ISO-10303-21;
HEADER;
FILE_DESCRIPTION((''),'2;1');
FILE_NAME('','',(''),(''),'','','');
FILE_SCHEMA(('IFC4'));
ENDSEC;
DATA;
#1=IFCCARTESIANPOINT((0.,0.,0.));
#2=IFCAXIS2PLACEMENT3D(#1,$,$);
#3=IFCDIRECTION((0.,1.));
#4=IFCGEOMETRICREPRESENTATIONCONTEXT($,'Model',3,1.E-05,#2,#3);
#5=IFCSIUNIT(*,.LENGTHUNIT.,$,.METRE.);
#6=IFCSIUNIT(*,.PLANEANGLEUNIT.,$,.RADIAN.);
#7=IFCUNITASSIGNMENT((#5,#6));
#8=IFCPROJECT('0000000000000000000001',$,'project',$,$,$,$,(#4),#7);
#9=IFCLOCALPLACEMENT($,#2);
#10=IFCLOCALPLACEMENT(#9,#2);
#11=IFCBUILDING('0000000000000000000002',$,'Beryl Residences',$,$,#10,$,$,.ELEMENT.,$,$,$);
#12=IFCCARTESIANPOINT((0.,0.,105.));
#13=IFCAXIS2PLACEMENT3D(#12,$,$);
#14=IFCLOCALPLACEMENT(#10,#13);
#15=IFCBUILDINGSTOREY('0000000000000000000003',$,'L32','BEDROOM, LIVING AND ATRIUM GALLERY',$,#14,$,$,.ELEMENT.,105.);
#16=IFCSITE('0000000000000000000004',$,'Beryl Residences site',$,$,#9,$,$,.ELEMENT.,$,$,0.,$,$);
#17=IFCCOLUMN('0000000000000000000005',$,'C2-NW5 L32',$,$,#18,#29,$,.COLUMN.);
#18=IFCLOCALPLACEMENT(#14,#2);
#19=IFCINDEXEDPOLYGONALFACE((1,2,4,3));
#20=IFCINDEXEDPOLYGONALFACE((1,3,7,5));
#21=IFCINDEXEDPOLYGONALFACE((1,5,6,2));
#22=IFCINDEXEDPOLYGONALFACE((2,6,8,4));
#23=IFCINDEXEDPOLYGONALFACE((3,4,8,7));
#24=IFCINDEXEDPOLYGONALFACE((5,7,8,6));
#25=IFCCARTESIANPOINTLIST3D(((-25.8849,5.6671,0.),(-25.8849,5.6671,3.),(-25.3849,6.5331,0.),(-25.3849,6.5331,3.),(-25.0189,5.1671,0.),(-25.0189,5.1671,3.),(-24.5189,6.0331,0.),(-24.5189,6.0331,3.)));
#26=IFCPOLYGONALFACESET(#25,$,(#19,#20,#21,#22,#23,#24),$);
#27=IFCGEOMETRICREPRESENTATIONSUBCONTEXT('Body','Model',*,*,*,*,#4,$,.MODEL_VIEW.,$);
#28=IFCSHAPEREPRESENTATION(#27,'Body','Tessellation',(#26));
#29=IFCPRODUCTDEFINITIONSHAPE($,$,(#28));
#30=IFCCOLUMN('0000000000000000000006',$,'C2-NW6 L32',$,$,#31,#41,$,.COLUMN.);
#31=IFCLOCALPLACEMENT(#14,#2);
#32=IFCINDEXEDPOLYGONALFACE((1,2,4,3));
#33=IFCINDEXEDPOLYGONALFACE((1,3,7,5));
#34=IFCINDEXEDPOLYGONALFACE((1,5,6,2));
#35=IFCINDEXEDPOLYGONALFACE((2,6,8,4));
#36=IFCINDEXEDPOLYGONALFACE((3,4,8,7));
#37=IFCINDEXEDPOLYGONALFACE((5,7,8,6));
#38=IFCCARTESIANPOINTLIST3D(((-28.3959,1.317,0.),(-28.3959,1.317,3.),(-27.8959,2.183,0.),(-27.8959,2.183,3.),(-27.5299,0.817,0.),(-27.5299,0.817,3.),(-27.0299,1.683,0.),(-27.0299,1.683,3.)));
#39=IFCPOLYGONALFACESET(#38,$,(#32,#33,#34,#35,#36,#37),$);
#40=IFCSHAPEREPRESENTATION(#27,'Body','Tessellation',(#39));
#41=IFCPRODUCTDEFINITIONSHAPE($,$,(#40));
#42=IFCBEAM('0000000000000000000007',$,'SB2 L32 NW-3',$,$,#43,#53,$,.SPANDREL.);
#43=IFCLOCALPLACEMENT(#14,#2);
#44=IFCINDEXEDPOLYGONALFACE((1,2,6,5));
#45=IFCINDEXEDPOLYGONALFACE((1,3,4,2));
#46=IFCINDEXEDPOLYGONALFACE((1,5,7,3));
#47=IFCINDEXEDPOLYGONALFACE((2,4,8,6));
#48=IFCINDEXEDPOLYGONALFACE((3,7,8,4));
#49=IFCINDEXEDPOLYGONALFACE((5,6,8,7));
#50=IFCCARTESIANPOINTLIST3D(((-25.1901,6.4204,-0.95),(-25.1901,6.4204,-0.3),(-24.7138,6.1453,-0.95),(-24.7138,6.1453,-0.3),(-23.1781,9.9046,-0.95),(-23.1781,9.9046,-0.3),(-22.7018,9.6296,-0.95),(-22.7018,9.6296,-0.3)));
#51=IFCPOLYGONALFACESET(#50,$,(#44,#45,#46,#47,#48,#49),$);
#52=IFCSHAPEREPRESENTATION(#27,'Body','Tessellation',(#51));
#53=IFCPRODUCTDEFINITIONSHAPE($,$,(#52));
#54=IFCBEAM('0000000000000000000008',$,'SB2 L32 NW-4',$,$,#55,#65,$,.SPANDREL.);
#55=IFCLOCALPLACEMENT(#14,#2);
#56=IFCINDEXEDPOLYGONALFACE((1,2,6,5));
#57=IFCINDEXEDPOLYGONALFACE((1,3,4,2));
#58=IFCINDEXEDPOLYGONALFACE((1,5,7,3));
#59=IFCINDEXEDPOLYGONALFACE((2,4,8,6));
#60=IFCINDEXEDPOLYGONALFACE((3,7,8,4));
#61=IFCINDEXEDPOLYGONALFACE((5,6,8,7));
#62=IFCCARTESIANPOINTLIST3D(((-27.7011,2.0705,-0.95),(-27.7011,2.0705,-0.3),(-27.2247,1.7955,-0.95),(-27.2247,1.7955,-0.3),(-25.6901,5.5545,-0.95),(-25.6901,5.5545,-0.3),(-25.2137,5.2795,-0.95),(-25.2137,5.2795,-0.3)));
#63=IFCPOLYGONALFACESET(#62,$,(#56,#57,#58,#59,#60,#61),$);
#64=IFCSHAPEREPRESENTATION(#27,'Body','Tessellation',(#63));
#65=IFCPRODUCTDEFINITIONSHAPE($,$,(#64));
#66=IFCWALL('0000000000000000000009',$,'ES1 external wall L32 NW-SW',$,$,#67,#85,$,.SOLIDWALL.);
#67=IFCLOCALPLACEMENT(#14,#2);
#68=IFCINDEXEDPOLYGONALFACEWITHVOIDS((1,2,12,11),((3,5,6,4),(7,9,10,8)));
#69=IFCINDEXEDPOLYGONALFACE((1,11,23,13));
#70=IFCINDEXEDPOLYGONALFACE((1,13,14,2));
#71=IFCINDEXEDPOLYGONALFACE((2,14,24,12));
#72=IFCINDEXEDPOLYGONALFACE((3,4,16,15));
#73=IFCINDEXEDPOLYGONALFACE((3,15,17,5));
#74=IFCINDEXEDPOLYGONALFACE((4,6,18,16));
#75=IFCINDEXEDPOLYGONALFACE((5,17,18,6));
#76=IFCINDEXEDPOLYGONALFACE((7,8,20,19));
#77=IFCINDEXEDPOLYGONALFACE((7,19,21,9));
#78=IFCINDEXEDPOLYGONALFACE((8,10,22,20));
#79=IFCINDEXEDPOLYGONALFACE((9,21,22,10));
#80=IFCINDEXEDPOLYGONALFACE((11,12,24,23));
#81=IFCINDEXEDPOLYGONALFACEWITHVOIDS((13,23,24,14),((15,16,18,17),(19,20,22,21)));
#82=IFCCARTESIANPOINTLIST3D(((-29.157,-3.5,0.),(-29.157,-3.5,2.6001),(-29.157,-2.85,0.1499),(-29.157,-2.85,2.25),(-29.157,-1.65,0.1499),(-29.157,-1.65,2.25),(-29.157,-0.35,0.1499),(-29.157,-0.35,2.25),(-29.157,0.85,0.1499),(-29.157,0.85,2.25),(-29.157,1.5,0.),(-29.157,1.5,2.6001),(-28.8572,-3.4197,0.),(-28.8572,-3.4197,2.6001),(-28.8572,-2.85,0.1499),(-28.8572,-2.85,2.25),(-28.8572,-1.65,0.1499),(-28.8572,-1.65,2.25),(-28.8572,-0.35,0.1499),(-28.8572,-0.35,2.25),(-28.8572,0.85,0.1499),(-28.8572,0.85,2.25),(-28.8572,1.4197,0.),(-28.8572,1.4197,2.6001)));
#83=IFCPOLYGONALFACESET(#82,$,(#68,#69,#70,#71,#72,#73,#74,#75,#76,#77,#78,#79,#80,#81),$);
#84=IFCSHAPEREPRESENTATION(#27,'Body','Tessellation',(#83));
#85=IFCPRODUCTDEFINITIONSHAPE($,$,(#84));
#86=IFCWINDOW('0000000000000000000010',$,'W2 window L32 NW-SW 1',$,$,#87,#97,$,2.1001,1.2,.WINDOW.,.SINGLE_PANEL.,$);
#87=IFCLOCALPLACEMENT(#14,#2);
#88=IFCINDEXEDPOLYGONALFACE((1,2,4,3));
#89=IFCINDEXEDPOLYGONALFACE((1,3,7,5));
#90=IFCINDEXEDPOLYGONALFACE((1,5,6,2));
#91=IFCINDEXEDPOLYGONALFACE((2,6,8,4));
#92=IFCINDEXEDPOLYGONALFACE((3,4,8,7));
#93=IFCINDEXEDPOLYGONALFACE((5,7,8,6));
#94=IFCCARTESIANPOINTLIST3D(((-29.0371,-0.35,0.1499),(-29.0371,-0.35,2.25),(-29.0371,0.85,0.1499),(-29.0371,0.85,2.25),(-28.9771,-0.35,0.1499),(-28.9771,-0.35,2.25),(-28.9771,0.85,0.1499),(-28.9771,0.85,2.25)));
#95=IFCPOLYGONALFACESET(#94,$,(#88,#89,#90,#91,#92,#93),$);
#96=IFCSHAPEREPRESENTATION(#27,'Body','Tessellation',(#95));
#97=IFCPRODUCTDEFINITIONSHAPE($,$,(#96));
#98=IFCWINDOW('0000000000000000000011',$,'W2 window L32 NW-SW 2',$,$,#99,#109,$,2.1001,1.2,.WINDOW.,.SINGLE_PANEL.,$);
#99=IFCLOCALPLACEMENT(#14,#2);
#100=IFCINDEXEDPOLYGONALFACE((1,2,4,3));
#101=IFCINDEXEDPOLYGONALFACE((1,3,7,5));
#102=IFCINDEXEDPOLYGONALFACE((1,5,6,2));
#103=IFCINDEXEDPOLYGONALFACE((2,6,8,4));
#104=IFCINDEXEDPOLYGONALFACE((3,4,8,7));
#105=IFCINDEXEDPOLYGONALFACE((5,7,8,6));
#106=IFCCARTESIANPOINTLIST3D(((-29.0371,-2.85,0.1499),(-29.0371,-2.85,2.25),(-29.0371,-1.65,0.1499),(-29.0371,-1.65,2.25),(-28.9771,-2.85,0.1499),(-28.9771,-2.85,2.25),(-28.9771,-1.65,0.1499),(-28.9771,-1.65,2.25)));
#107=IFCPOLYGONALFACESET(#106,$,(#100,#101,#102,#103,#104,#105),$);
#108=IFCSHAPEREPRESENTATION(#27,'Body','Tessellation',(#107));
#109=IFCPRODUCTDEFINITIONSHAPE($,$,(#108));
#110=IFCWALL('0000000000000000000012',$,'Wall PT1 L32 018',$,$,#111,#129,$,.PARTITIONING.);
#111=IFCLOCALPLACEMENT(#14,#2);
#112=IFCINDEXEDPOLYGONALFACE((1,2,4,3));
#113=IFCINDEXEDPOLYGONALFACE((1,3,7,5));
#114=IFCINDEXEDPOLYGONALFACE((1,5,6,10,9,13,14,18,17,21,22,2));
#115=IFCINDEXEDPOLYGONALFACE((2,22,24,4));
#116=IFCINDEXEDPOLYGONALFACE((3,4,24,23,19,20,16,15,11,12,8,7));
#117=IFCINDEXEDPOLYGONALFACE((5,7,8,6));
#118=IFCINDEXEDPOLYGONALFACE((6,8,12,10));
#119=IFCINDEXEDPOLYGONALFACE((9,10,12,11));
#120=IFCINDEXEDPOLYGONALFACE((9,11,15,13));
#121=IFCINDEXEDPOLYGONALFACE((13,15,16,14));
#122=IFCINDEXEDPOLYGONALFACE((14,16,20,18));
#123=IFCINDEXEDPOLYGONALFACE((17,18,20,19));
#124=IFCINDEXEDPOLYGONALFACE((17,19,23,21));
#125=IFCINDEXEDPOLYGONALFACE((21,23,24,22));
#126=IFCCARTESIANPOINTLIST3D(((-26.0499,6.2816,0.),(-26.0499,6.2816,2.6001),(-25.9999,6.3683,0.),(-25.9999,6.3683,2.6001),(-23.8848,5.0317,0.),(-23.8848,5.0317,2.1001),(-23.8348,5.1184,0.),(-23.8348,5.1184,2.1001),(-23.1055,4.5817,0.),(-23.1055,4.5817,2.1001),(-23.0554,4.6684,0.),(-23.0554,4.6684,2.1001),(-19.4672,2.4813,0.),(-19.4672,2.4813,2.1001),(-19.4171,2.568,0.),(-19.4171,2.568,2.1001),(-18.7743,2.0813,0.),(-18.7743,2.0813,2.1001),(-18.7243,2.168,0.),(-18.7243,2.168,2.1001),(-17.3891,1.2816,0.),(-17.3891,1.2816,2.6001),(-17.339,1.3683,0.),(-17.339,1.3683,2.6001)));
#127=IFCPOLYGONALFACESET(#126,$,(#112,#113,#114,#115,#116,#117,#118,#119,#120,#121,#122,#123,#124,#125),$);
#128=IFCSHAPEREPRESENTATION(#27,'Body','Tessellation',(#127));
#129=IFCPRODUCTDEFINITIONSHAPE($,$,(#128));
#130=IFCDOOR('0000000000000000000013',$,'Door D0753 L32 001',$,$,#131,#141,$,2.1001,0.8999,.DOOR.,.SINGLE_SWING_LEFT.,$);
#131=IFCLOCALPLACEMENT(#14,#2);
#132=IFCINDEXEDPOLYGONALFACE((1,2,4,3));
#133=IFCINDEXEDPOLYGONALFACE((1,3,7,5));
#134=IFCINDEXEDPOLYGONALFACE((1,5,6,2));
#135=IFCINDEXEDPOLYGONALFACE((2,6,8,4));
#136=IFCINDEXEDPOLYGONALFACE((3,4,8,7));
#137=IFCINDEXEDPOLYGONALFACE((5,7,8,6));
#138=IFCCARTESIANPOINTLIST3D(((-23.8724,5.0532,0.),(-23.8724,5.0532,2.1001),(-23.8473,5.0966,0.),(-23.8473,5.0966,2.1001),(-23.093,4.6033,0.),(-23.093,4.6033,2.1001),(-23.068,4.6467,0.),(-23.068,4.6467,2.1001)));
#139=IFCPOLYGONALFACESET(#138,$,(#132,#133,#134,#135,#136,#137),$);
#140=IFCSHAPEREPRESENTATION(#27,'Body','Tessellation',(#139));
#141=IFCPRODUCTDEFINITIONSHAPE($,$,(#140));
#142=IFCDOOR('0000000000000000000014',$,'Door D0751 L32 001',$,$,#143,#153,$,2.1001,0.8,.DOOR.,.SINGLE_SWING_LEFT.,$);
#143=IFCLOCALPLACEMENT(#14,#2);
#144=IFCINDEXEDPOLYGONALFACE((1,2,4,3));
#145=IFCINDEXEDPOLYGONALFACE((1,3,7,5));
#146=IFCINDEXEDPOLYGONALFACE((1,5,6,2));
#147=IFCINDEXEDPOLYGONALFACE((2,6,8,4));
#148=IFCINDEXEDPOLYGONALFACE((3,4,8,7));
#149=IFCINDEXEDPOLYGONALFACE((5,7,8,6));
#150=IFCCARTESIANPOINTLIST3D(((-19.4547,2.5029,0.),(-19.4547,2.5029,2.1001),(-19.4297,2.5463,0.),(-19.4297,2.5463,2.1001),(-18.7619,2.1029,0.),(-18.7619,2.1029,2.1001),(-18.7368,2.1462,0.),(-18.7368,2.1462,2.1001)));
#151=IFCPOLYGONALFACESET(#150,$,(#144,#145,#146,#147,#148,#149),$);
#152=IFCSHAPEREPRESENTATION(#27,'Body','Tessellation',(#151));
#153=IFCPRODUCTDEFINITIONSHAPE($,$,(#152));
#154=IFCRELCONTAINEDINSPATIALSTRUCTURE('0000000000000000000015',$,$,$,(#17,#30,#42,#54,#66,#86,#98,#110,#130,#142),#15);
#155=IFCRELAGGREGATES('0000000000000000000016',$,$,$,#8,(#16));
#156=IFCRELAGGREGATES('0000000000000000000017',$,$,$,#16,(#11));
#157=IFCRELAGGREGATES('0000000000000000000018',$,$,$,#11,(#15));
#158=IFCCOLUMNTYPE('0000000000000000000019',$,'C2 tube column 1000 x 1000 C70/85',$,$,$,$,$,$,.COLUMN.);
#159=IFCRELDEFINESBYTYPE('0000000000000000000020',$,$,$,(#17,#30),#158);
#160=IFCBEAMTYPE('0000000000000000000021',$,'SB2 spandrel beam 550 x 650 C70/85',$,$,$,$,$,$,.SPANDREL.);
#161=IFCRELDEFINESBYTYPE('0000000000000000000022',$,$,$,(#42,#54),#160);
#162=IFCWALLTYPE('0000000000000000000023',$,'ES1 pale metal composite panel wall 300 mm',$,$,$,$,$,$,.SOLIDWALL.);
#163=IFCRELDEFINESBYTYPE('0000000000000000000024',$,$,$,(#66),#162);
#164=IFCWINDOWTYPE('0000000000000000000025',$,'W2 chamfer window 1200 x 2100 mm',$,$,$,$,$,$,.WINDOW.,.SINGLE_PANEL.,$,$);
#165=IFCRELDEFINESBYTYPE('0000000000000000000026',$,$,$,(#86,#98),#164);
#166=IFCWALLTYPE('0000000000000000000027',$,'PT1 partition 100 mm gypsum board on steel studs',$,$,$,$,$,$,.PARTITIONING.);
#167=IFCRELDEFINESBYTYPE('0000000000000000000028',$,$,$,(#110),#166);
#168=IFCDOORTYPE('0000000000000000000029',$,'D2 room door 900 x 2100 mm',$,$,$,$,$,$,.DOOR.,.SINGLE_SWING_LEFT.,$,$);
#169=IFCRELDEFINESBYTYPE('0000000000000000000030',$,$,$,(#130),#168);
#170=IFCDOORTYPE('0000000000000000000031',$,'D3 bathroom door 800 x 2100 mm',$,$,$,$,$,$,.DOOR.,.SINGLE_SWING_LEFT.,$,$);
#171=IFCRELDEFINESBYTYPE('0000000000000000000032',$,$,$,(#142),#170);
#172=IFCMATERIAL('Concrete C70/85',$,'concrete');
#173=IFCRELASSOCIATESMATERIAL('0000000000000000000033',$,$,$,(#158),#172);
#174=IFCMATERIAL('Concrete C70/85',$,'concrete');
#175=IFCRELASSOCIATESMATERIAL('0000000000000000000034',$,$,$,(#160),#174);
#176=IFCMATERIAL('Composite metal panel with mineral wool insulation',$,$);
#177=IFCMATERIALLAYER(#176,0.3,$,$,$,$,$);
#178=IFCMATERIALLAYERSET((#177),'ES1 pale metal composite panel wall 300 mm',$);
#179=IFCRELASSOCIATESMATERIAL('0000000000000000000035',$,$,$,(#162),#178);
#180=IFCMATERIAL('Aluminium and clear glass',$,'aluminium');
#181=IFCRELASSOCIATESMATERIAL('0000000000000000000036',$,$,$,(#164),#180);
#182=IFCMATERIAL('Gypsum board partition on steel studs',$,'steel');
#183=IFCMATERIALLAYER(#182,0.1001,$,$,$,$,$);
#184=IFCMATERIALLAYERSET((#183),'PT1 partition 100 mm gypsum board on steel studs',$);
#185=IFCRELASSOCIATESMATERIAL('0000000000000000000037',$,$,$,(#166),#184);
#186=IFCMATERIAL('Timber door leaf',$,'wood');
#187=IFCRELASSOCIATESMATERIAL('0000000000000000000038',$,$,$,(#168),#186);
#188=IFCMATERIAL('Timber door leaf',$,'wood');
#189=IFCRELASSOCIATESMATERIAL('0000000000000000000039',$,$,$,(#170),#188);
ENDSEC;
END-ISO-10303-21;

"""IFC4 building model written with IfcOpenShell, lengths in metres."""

from ifc_helpers import new_model, si_unit, direction, frame, frame_2d, origin, origin_2d, place, context, subcontext, project, spatial, polyline, rectangle, outline, extrude, material, layer, layer_set, material_profile, profile_set, type_object, element, fill, save


model = new_model("IFC4")

# Units and contexts
model_context = context("Model", 3, precision=1e-05, world=origin(), true_north=direction((0.0, 1.0)))
body_context = subcontext(model_context, "Body", "Model", "MODEL_VIEW")
ifc_project = project(units=[si_unit("LENGTHUNIT", "METRE"), si_unit("PLANEANGLEUNIT", "RADIAN")], contexts=[model_context])

# Site, building, storey
site_placement = place(None, origin())
site = spatial("IfcSite", under=ifc_project, at=site_placement, Name="Beryl Residences site", CompositionType="ELEMENT", RefElevation=0.0)
building_placement = place(site_placement, origin())
building = spatial("IfcBuilding", under=site, at=building_placement, Name="Beryl Residences", CompositionType="ELEMENT")
storey_placement = place(building_placement, frame((0.0, 0.0, 105.0)))
storey = spatial("IfcBuildingStorey", under=building, at=storey_placement, Name="L32", Description="BEDROOM, LIVING AND ATRIUM GALLERY", CompositionType="ELEMENT", Elevation=105.0)

# Columns
ifc_material_1 = material(Name="Concrete C70/85", Category="concrete")
ifc_material_profile_1 = material_profile(ifc_material_1, rectangle(XDim=1.0, YDim=1.0, at=origin_2d()))
ifc_profile_set_1 = profile_set([ifc_material_profile_1], Name="Concrete C70/85")
column_type = type_object("IfcColumnType", Name="C2 tube column 1000 x 1000 C70/85", PredefinedType="COLUMN", material=ifc_profile_set_1)
for number, where, z_axis, x_axis, name in (
    (1, (-25.2019, 5.8501, 0.0), (0.0, 0.0, 1.0), (-0.5, -0.866025, 0.0), "C2-NW5 L32"),
    (2, (-27.7129, 1.5, 0.0), (0.0, 0.0, 1.0), (-0.5, -0.866025, 0.0), "C2-NW6 L32"),
):
    element("IfcColumn", number, at=place(storey_placement, frame(where, z_axis=z_axis, x_axis=x_axis)), inside=storey, type_object=column_type, Name=name, PredefinedType="COLUMN", context=body_context, shape_type="SweptSolid", body=[
        extrude(rectangle(XDim=1.0, YDim=1.0, at=origin_2d()), origin(), (0.0, 0.0, 1.0), 3.0),
    ])

# Beams
ifc_material_2 = material(Name="Concrete C70/85", Category="concrete")
ifc_material_profile_2 = material_profile(ifc_material_2, rectangle(XDim=0.55, YDim=0.6499, at=origin_2d()))
ifc_profile_set_2 = profile_set([ifc_material_profile_2], Name="Concrete C70/85")
beam_type = type_object("IfcBeamType", Name="SB2 spandrel beam 550 x 650 C70/85", PredefinedType="SPANDREL", material=ifc_profile_set_2)
beam_1_placement = place(storey_placement, frame((-22.9399, 9.7671, -0.625), z_axis=(-0.500074, -0.865982, 0.0), x_axis=(0.865982, -0.500074, 0.0)))
element("IfcBeam", 3, at=beam_1_placement, inside=storey, type_object=beam_type, Name="SB2 L32 NW-3", PredefinedType="SPANDREL", context=body_context, shape_type="SweptSolid", body=[
    extrude(rectangle(XDim=0.55, YDim=0.6499, at=origin_2d()), origin(), (0.0, 0.0, 1.0), 4.0234),
])
beam_2_placement = place(storey_placement, frame((-25.4519, 5.417, -0.625), z_axis=(-0.499919, -0.866072, 0.0), x_axis=(0.866072, -0.499919, 0.0)))
element("IfcBeam", 4, at=beam_2_placement, inside=storey, type_object=beam_type, Name="SB2 L32 NW-4", PredefinedType="SPANDREL", context=body_context, shape_type="SweptSolid", body=[
    extrude(rectangle(XDim=0.55, YDim=0.6499, at=origin_2d()), origin(), (0.0, 0.0, 1.0), 4.0227),
])

# Wall, openings, windows
ifc_material_3 = material(Name="Composite metal panel with mineral wool insulation")
ifc_layer_1 = layer(ifc_material_3, 0.3)
ifc_layer_set_1 = layer_set([ifc_layer_1], Name="ES1 pale metal composite panel wall 300 mm")
wall_type_1 = type_object("IfcWallType", Name="ES1 pale metal composite panel wall 300 mm", PredefinedType="SOLIDWALL", material=ifc_layer_set_1)
wall_1_placement = place(storey_placement, frame((-29.0071, 1.5, 0.0), z_axis=(0.0, 0.0, 1.0), x_axis=(0.0, -1.0, 0.0)))
wall_1 = element("IfcWall", 5, at=wall_1_placement, inside=storey, type_object=wall_type_1, Name="ES1 external wall L32 NW-SW", PredefinedType="SOLIDWALL", context=body_context, shape_type="SweptSolid", body=[
    extrude(outline(polyline([(0.0, -0.1499), (5.0, -0.1499), (4.9197, 0.1499), (0.0803, 0.1499), (0.0, -0.1499)])), origin(), (0.0, 0.0, 1.0), 2.6001),
])
opening_1_placement = place(wall_1_placement, frame((0.6499, 0.0, 0.1499)))
opening_1 = element("IfcOpeningElement", 6, at=opening_1_placement, cuts=wall_1, PredefinedType="OPENING", context=body_context, shape_type="SweptSolid", body=[
    extrude(rectangle(XDim=1.2, YDim=2.1001, at=frame_2d((0.6001, 1.05))), frame((0.0, 0.1599, 0.0), z_axis=(0.0, -1.0, 0.0), x_axis=(1.0, 0.0, 0.0)), (0.0, 0.0, 1.0), 0.3201),
])
opening_2_placement = place(wall_1_placement, frame((3.1499, 0.0, 0.1499)))
opening_2 = element("IfcOpeningElement", 7, at=opening_2_placement, cuts=wall_1, PredefinedType="OPENING", context=body_context, shape_type="SweptSolid", body=[
    extrude(rectangle(XDim=1.2, YDim=2.1001, at=frame_2d((0.6001, 1.05))), frame((0.0, 0.1599, 0.0), z_axis=(0.0, -1.0, 0.0), x_axis=(1.0, 0.0, 0.0)), (0.0, 0.0, 1.0), 0.3201),
])
ifc_material_4 = material(Name="Aluminium and clear glass", Category="aluminium")
window_type = type_object("IfcWindowType", Name="W2 chamfer window 1200 x 2100 mm", PartitioningType="SINGLE_PANEL", PredefinedType="WINDOW", material=ifc_material_4)
window_1_placement = place(opening_1_placement, origin())
window_1 = element("IfcWindow", 8, at=window_1_placement, inside=storey, type_object=window_type, Name="W2 window L32 NW-SW 1", OverallHeight=2.1001, OverallWidth=1.2, PartitioningType="SINGLE_PANEL", PredefinedType="WINDOW", context=body_context, shape_type="SweptSolid", body=[
    extrude(rectangle(XDim=1.2, YDim=2.1001, at=frame_2d((0.6001, 1.05))), frame((0.0, 0.03, 0.0), z_axis=(0.0, -1.0, 0.0), x_axis=(1.0, 0.0, 0.0)), (0.0, 0.0, 1.0), 0.0601),
])
fill(opening_1, window_1)
window_2_placement = place(opening_2_placement, origin())
window_2 = element("IfcWindow", 9, at=window_2_placement, inside=storey, type_object=window_type, Name="W2 window L32 NW-SW 2", OverallHeight=2.1001, OverallWidth=1.2, PartitioningType="SINGLE_PANEL", PredefinedType="WINDOW", context=body_context, shape_type="SweptSolid", body=[
    extrude(rectangle(XDim=1.2, YDim=2.1001, at=frame_2d((0.6001, 1.05))), frame((0.0, 0.03, 0.0), z_axis=(0.0, -1.0, 0.0), x_axis=(1.0, 0.0, 0.0)), (0.0, 0.0, 1.0), 0.0601),
])
fill(opening_2, window_2)

# Wall, openings, doors
ifc_material_5 = material(Name="Gypsum board partition on steel studs", Category="steel")
ifc_layer_2 = layer(ifc_material_5, 0.1001)
ifc_layer_set_2 = layer_set([ifc_layer_2], Name="PT1 partition 100 mm gypsum board on steel studs")
wall_type_2 = type_object("IfcWallType", Name="PT1 partition 100 mm gypsum board on steel studs", PredefinedType="PARTITIONING", material=ifc_layer_set_2)
wall_2_placement = place(storey_placement, frame((-26.0249, 6.325, 0.0), z_axis=(0.0, 0.0, 1.0), x_axis=(0.866041, -0.499973, 0.0)))
wall_2 = element("IfcWall", 10, at=wall_2_placement, inside=storey, type_object=wall_type_2, Name="Wall PT1 L32 018", PredefinedType="PARTITIONING", context=body_context, shape_type="SweptSolid", body=[
    extrude(rectangle(XDim=10.0005, YDim=0.1001, at=frame_2d((5.0002, 0.0))), origin(), (0.0, 0.0, 1.0), 2.6001),
])
opening_3_placement = place(wall_2_placement, frame((7.6011, 0.0, 0.0)))
opening_3 = element("IfcOpeningElement", 11, at=opening_3_placement, cuts=wall_2, PredefinedType="OPENING", context=body_context, shape_type="SweptSolid", body=[
    extrude(rectangle(XDim=0.8, YDim=2.1001, at=frame_2d((0.3999, 1.05))), frame((0.0, 0.0601, 0.0), z_axis=(0.0, -1.0, 0.0), x_axis=(1.0, 0.0, 0.0)), (0.0, 0.0, 1.0), 0.1201),
])
opening_4_placement = place(wall_2_placement, frame((2.5, 0.0, 0.0)))
opening_4 = element("IfcOpeningElement", 12, at=opening_4_placement, cuts=wall_2, PredefinedType="OPENING", context=body_context, shape_type="SweptSolid", body=[
    extrude(rectangle(XDim=0.8999, YDim=2.1001, at=frame_2d((0.45, 1.05))), frame((0.0, 0.0601, 0.0), z_axis=(0.0, -1.0, 0.0), x_axis=(1.0, 0.0, 0.0)), (0.0, 0.0, 1.0), 0.1201),
])
ifc_material_6 = material(Name="Timber door leaf", Category="wood")
door_type_1 = type_object("IfcDoorType", Name="D2 room door 900 x 2100 mm", OperationType="SINGLE_SWING_LEFT", PredefinedType="DOOR", material=ifc_material_6)
door_1_placement = place(opening_4_placement, origin())
door_1 = element("IfcDoor", 13, at=door_1_placement, inside=storey, type_object=door_type_1, Name="Door D0753 L32 001", OperationType="SINGLE_SWING_LEFT", OverallHeight=2.1001, OverallWidth=0.8999, PredefinedType="DOOR", context=body_context, shape_type="SweptSolid", body=[
    extrude(rectangle(XDim=0.8999, YDim=2.1001, at=frame_2d((0.45, 1.05))), frame((0.0, 0.0249, 0.0), z_axis=(0.0, -1.0, 0.0), x_axis=(1.0, 0.0, 0.0)), (0.0, 0.0, 1.0), 0.05),
])
fill(opening_4, door_1)
ifc_material_7 = material(Name="Timber door leaf", Category="wood")
door_type_2 = type_object("IfcDoorType", Name="D3 bathroom door 800 x 2100 mm", OperationType="SINGLE_SWING_LEFT", PredefinedType="DOOR", material=ifc_material_7)
door_2_placement = place(opening_3_placement, origin())
door_2 = element("IfcDoor", 14, at=door_2_placement, inside=storey, type_object=door_type_2, Name="Door D0751 L32 001", OperationType="SINGLE_SWING_LEFT", OverallHeight=2.1001, OverallWidth=0.8, PredefinedType="DOOR", context=body_context, shape_type="SweptSolid", body=[
    extrude(rectangle(XDim=0.8, YDim=2.1001, at=frame_2d((0.3999, 1.05))), frame((0.0, 0.0249, 0.0), z_axis=(0.0, -1.0, 0.0), x_axis=(1.0, 0.0, 0.0)), (0.0, 0.0, 1.0), 0.05),
])
fill(opening_3, door_2)

save(model, "model.ifc")
